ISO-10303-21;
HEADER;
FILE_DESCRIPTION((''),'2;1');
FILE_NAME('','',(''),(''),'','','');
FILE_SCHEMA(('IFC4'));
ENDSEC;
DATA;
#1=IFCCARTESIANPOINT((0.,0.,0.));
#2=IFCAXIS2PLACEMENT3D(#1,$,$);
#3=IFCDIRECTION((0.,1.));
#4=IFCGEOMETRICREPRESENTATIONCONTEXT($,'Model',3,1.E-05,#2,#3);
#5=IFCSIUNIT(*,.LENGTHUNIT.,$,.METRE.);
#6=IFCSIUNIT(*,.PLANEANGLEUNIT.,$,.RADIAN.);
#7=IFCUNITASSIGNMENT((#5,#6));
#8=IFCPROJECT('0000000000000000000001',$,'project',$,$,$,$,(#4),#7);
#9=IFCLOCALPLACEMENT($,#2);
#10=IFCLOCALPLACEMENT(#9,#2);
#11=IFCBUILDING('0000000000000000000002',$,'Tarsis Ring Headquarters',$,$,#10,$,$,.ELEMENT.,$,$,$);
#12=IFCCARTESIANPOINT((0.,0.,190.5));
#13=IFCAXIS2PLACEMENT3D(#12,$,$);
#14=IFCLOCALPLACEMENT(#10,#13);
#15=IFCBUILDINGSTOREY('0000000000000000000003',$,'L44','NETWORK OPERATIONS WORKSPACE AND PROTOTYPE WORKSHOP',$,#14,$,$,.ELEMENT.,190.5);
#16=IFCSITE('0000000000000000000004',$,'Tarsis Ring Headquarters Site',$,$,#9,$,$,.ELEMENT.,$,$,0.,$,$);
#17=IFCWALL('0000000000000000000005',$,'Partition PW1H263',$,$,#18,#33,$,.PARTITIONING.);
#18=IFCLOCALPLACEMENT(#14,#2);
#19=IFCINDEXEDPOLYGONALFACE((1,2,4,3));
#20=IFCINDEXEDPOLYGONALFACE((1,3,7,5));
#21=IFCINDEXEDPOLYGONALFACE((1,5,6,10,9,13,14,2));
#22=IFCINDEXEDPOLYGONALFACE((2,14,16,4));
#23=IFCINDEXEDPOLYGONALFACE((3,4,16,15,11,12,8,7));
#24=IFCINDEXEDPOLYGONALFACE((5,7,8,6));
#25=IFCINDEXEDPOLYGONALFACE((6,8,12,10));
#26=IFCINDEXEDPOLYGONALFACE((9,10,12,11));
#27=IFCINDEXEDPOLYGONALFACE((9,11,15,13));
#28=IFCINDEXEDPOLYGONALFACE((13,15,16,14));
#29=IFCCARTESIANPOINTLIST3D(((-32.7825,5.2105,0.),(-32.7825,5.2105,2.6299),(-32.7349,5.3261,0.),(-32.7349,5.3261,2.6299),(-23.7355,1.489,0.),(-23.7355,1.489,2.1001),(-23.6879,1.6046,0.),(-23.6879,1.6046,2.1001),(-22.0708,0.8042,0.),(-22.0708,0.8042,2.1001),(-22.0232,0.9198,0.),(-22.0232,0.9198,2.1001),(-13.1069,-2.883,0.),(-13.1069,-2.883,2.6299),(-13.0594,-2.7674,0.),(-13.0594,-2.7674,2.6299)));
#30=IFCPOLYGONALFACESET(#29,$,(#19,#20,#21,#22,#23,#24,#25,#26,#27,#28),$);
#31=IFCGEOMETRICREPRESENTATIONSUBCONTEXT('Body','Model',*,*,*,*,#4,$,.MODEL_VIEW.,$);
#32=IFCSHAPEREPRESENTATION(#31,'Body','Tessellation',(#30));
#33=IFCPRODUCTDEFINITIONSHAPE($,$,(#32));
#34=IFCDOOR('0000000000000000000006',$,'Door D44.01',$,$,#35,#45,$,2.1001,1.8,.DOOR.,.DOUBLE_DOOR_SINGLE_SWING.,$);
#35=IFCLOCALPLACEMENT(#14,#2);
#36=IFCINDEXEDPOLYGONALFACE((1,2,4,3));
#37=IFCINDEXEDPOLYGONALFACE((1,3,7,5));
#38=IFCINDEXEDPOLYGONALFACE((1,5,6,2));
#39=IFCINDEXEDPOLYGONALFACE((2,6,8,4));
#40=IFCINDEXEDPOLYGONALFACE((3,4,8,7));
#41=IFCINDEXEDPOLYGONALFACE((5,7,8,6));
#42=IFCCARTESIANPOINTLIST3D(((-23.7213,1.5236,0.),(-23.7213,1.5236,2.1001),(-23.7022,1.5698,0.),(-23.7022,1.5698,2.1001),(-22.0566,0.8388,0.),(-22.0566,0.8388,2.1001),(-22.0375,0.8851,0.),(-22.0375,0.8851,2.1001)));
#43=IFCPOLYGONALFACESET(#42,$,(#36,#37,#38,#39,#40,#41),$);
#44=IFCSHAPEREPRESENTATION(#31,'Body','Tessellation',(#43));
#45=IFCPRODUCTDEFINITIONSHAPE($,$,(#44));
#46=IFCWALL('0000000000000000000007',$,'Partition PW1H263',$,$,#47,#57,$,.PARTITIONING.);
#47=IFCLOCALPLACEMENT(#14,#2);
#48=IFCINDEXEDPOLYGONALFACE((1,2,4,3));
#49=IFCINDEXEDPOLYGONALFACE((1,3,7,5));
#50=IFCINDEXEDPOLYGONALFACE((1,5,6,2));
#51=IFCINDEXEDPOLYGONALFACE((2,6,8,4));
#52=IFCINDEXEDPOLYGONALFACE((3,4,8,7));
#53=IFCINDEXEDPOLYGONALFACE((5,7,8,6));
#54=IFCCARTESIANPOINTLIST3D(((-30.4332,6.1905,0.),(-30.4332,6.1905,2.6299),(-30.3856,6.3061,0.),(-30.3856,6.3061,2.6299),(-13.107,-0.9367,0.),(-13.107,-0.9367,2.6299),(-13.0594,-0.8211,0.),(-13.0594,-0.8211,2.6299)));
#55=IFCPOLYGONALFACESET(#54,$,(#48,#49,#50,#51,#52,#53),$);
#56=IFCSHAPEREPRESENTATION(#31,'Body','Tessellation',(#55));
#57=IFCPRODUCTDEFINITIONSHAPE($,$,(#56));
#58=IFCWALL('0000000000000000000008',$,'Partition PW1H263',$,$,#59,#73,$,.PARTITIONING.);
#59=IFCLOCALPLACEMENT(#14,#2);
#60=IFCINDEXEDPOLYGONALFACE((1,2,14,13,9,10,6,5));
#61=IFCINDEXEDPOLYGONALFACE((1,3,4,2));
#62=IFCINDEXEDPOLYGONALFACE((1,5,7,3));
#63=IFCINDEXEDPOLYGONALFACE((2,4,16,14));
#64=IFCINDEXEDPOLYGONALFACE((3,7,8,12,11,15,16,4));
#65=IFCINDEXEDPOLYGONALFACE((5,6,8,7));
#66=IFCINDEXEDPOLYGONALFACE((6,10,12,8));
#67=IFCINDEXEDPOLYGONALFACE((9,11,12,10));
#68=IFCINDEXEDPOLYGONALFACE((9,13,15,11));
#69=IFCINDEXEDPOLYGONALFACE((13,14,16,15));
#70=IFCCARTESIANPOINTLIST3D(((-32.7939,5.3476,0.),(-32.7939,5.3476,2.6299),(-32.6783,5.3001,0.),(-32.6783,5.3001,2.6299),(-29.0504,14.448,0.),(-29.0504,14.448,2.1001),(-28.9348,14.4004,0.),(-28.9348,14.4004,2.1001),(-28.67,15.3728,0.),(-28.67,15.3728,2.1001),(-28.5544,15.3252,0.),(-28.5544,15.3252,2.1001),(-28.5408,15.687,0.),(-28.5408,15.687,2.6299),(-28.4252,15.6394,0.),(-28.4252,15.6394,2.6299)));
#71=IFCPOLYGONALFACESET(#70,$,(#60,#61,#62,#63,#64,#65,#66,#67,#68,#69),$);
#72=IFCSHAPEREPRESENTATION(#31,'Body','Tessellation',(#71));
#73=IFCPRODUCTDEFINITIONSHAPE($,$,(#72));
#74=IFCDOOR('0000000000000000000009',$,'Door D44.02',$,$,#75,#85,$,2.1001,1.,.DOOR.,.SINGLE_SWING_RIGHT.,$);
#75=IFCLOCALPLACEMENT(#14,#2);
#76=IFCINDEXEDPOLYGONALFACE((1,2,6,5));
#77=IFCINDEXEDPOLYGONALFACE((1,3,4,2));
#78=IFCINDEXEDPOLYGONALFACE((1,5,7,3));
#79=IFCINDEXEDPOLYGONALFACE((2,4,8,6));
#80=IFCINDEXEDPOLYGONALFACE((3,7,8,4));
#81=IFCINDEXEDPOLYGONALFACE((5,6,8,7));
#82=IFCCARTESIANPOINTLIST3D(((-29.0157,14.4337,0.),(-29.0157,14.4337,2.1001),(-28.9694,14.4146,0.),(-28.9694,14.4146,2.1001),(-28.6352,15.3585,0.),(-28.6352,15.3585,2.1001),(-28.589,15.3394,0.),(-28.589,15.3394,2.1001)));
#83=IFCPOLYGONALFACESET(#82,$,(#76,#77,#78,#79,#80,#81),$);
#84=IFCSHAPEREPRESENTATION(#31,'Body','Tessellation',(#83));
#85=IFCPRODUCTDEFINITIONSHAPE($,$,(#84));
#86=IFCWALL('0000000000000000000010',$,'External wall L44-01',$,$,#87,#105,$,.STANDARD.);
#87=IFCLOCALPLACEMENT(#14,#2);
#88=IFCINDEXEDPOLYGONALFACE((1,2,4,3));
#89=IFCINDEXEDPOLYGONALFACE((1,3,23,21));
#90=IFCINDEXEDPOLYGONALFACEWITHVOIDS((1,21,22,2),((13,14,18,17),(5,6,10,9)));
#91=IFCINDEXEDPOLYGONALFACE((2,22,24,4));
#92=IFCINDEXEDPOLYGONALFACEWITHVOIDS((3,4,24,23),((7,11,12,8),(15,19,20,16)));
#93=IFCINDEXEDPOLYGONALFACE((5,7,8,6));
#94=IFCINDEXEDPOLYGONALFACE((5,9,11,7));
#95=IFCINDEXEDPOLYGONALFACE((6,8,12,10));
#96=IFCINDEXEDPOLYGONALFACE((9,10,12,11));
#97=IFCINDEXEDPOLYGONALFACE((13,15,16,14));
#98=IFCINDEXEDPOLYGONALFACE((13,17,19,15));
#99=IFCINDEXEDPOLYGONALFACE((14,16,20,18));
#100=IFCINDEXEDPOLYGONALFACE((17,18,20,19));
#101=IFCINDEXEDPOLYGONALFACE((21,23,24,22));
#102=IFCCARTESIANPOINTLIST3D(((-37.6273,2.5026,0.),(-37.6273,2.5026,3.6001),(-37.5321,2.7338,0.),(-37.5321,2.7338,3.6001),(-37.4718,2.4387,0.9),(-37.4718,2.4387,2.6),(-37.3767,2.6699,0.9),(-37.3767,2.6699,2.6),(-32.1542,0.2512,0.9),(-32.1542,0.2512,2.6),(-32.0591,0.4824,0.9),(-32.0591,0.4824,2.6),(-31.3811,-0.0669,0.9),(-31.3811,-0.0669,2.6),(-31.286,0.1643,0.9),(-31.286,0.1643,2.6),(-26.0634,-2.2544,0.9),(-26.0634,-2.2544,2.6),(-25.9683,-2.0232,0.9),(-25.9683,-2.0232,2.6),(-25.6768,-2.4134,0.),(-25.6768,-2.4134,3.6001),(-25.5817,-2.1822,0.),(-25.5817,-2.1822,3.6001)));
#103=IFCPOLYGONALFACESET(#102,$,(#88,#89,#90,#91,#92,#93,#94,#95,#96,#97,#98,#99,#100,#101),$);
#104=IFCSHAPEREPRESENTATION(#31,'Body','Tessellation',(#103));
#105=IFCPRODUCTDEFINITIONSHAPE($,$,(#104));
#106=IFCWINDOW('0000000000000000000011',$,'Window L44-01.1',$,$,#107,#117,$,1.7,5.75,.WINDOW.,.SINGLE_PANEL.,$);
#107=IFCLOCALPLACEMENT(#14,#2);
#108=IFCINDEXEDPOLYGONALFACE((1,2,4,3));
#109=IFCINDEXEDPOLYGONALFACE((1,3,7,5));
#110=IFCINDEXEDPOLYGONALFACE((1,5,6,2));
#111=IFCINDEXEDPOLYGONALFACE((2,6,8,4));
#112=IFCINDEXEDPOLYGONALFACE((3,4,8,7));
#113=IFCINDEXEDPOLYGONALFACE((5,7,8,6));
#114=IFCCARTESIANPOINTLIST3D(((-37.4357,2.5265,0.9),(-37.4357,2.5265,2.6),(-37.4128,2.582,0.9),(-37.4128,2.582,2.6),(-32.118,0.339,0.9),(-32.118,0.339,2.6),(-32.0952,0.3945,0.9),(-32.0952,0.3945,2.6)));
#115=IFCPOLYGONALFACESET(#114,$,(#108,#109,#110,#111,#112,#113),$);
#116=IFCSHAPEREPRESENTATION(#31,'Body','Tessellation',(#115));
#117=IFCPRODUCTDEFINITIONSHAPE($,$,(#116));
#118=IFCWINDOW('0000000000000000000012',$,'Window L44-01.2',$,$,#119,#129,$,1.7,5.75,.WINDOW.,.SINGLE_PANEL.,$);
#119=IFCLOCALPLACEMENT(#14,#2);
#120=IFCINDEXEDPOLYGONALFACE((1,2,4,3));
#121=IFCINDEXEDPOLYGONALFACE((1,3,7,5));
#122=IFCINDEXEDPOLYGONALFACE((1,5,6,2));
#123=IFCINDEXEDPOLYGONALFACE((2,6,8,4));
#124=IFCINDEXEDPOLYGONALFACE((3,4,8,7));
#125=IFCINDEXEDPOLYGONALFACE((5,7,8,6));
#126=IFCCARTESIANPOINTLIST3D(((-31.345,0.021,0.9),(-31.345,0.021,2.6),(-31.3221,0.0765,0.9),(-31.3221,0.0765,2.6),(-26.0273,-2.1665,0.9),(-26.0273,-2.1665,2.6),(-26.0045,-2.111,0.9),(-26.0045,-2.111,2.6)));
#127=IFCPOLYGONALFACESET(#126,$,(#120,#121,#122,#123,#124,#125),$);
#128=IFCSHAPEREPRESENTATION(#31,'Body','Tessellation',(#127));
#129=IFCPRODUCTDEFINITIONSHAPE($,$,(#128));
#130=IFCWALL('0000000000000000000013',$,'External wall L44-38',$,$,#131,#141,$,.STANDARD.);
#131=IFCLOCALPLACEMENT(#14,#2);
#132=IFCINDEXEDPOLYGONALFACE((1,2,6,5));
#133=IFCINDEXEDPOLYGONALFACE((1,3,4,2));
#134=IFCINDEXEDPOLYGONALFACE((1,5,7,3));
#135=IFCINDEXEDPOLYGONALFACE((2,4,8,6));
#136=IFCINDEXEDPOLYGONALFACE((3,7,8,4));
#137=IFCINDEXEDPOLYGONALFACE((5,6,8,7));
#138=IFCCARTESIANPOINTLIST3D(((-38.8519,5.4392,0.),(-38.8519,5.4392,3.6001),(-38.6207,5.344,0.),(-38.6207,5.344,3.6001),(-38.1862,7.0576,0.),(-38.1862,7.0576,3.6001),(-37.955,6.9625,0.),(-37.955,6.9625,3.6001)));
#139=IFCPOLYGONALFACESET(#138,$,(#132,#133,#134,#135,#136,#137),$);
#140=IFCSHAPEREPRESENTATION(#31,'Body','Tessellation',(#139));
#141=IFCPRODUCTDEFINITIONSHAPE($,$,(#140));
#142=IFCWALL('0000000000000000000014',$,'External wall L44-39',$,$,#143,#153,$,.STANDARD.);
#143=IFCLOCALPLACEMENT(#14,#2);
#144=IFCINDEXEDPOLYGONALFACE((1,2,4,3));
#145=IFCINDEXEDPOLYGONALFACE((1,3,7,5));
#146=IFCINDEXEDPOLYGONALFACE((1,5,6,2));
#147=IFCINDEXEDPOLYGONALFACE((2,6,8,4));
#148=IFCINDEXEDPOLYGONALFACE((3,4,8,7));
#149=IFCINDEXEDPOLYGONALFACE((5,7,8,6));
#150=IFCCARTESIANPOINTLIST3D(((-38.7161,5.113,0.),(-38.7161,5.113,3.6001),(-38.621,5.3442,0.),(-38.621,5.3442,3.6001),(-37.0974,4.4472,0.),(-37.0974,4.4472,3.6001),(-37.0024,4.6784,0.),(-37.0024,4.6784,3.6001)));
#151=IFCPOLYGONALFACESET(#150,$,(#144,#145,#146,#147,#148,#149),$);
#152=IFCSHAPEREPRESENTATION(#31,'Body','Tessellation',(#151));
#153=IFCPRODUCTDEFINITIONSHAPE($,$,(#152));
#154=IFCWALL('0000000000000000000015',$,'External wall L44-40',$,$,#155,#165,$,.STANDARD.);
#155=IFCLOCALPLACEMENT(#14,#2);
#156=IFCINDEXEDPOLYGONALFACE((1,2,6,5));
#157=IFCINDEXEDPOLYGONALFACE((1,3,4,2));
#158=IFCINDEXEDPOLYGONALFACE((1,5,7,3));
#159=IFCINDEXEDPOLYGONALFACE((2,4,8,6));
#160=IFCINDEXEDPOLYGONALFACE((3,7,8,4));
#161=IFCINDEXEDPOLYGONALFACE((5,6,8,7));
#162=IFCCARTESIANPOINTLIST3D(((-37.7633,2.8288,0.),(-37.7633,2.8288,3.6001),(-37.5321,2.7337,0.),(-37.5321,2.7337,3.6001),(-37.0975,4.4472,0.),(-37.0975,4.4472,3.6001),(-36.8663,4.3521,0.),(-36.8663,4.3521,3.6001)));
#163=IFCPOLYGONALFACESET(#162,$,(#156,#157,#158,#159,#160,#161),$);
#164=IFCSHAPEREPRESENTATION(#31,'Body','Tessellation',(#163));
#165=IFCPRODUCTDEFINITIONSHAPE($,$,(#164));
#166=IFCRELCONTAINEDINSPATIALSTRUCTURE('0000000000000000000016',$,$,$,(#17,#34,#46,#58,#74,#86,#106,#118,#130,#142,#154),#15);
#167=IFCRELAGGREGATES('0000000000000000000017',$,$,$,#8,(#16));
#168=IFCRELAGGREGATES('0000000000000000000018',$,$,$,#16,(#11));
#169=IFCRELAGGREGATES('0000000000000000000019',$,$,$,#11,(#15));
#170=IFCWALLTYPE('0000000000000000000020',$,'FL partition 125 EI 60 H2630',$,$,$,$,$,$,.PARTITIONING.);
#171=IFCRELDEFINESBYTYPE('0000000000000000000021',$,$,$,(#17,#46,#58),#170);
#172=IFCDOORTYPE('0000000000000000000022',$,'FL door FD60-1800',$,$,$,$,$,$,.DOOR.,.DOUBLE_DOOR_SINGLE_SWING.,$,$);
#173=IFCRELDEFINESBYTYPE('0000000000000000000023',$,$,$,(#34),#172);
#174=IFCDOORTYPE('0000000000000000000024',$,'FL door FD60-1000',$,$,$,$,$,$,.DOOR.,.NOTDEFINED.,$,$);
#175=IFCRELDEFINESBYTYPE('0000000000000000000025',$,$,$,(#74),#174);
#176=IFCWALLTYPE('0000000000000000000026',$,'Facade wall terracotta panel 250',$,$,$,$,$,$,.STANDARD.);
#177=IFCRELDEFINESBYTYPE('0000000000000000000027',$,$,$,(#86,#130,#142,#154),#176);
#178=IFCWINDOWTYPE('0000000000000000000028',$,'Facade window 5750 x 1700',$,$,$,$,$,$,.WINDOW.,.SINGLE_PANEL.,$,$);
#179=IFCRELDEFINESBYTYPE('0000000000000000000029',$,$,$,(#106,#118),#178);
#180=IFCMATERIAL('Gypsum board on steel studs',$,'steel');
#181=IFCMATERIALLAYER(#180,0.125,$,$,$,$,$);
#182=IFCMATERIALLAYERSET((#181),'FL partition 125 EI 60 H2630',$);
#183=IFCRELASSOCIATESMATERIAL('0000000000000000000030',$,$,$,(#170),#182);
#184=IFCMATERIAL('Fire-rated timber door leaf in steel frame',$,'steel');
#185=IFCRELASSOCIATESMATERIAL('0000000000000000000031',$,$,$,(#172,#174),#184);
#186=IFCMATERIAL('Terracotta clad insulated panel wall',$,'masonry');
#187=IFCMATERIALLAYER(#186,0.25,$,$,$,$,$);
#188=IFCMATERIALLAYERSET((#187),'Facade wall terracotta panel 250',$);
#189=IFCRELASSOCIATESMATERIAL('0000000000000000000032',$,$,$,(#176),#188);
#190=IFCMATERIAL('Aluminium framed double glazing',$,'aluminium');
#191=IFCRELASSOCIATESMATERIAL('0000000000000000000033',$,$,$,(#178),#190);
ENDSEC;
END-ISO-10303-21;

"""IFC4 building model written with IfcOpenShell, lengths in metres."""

from ifc_helpers import new_model, si_unit, direction, frame, frame_2d, origin, place, context, subcontext, project, spatial, rectangle, extrude, material, layer, layer_set, type_object, element, fill, save


model = new_model("IFC4")

# Units and contexts
model_context = context("Model", 3, precision=1e-05, world=origin(), true_north=direction((0.0, 1.0)))
body_context = subcontext(model_context, "Body", "Model", "MODEL_VIEW")
ifc_project = project(units=[si_unit("LENGTHUNIT", "METRE"), si_unit("PLANEANGLEUNIT", "RADIAN")], contexts=[model_context])

# Site, building, storey
site_placement = place(None, origin())
site = spatial("IfcSite", under=ifc_project, at=site_placement, Name="Tarsis Ring Headquarters Site", CompositionType="ELEMENT", RefElevation=0.0)
building_placement = place(site_placement, origin())
building = spatial("IfcBuilding", under=site, at=building_placement, Name="Tarsis Ring Headquarters", CompositionType="ELEMENT")
storey_placement = place(building_placement, frame((0.0, 0.0, 190.5)))
storey = spatial("IfcBuildingStorey", under=building, at=storey_placement, Name="L44", Description="NETWORK OPERATIONS WORKSPACE AND PROTOTYPE WORKSHOP", CompositionType="ELEMENT", Elevation=190.5)

# Wall, opening, door
ifc_material_1 = material(Name="Gypsum board on steel studs", Category="steel")
ifc_layer_1 = layer(ifc_material_1, 0.125)
ifc_layer_set_1 = layer_set([ifc_layer_1], Name="FL partition 125 EI 60 H2630")
wall_type_1 = type_object("IfcWallType", Name="FL partition 125 EI 60 H2630", PredefinedType="PARTITIONING", material=ifc_layer_set_1)
wall_1_placement = place(storey_placement, frame((-32.7588, 5.2683, 0.0), z_axis=(0.0, 0.0, 1.0), x_axis=(0.924814, -0.380421, 0.0)))
wall_1 = element("IfcWall", 1, at=wall_1_placement, inside=storey, type_object=wall_type_1, Name="Partition PW1H263", PredefinedType="PARTITIONING", context=body_context, shape_type="SweptSolid", body=[
    extrude(rectangle(XDim=21.2751, YDim=0.125, at=frame_2d((10.6377, 0.0))), origin(), (0.0, 0.0, 1.0), 2.6299),
])
opening_1_placement = place(wall_1_placement, frame((9.7827, 0.0, 0.0)))
opening_1 = element("IfcOpeningElement", 2, at=opening_1_placement, cuts=wall_1, PredefinedType="OPENING", context=body_context, shape_type="SweptSolid", body=[
    extrude(rectangle(XDim=1.8, YDim=2.1001, at=frame_2d((0.8999, 1.05))), frame((0.0, 0.0725, 0.0), z_axis=(0.0, -1.0, 0.0), x_axis=(1.0, 0.0, 0.0)), (0.0, 0.0, 1.0), 0.145),
])
ifc_material_2 = material(Name="Fire-rated timber door leaf in steel frame", Category="steel")
door_type_1 = type_object("IfcDoorType", Name="FL door FD60-1800", OperationType="DOUBLE_DOOR_SINGLE_SWING", PredefinedType="DOOR", material=ifc_material_2)
door_1_placement = place(opening_1_placement, origin())
door_1 = element("IfcDoor", 3, at=door_1_placement, inside=storey, type_object=door_type_1, Name="Door D44.01", OperationType="DOUBLE_DOOR_SINGLE_SWING", OverallHeight=2.1001, OverallWidth=1.8, PredefinedType="DOOR", context=body_context, shape_type="SweptSolid", body=[
    extrude(rectangle(XDim=1.8, YDim=2.1001, at=frame_2d((0.8999, 1.05))), frame((0.0, 0.0249, 0.0), z_axis=(0.0, -1.0, 0.0), x_axis=(1.0, 0.0, 0.0)), (0.0, 0.0, 1.0), 0.05),
])
fill(opening_1, door_1)

# Wall
wall_2_placement = place(storey_placement, frame((-30.4094, 6.2483, 0.0), z_axis=(0.0, 0.0, 1.0), x_axis=(0.924812, -0.380425, 0.0)))
element("IfcWall", 4, at=wall_2_placement, inside=storey, type_object=wall_type_1, Name="Partition PW1H263", PredefinedType="PARTITIONING", context=body_context, shape_type="SweptSolid", body=[
    extrude(rectangle(XDim=18.7349, YDim=0.125, at=frame_2d((9.3674, 0.0))), origin(), (0.0, 0.0, 1.0), 2.6299),
])

# Wall, opening, door
wall_3_placement = place(storey_placement, frame((-32.7361, 5.324, 0.0), z_axis=(0.0, 0.0, 1.0), x_axis=(0.380428, 0.924811, 0.0)))
wall_3 = element("IfcWall", 5, at=wall_3_placement, inside=storey, type_object=wall_type_1, Name="Partition PW1H263", PredefinedType="PARTITIONING", context=body_context, shape_type="SweptSolid", body=[
    extrude(rectangle(XDim=11.1799, YDim=0.125, at=frame_2d((5.5898, 0.0))), origin(), (0.0, 0.0, 1.0), 2.6299),
])
opening_2_placement = place(wall_3_placement, frame((9.8401, 0.0, 0.0)))
opening_2 = element("IfcOpeningElement", 6, at=opening_2_placement, cuts=wall_3, PredefinedType="OPENING", context=body_context, shape_type="SweptSolid", body=[
    extrude(rectangle(XDim=1.0, YDim=2.1001, at=frame_2d((0.5, 1.05))), frame((0.0, 0.0725, 0.0), z_axis=(0.0, -1.0, 0.0), x_axis=(1.0, 0.0, 0.0)), (0.0, 0.0, 1.0), 0.145),
])
door_type_2 = type_object("IfcDoorType", Name="FL door FD60-1000", OperationType="NOTDEFINED", PredefinedType="DOOR", material=ifc_material_2)
door_2_placement = place(opening_2_placement, origin())
door_2 = element("IfcDoor", 7, at=door_2_placement, inside=storey, type_object=door_type_2, Name="Door D44.02", OperationType="SINGLE_SWING_RIGHT", OverallHeight=2.1001, OverallWidth=1.0, PredefinedType="DOOR", context=body_context, shape_type="SweptSolid", body=[
    extrude(rectangle(XDim=1.0, YDim=2.1001, at=frame_2d((0.5, 1.05))), frame((0.0, 0.0249, 0.0), z_axis=(0.0, -1.0, 0.0), x_axis=(1.0, 0.0, 0.0)), (0.0, 0.0, 1.0), 0.05),
])
fill(opening_2, door_2)

# Wall, openings, windows
ifc_material_3 = material(Name="Terracotta clad insulated panel wall", Category="masonry")
ifc_layer_2 = layer(ifc_material_3, 0.25)
ifc_layer_set_2 = layer_set([ifc_layer_2], Name="Facade wall terracotta panel 250")
wall_type_2 = type_object("IfcWallType", Name="Facade wall terracotta panel 250", PredefinedType="STANDARD", material=ifc_layer_set_2)
wall_4_placement = place(storey_placement, frame((-37.5796, 2.6182, 0.0), z_axis=(0.0, 0.0, 1.0), x_axis=(0.924808, -0.380435, 0.0)))
wall_4 = element("IfcWall", 8, at=wall_4_placement, inside=storey, type_object=wall_type_2, Name="External wall L44-01", PredefinedType="STANDARD", context=body_context, shape_type="SweptSolid", body=[
    extrude(rectangle(XDim=12.9221, YDim=0.25, at=frame_2d((6.4609, 0.0))), origin(), (0.0, 0.0, 1.0), 3.6001),
])
opening_3_placement = place(wall_4_placement, frame((0.168, 0.0, 0.8999)))
opening_3 = element("IfcOpeningElement", 9, at=opening_3_placement, cuts=wall_4, PredefinedType="OPENING", context=body_context, shape_type="SweptSolid", body=[
    extrude(rectangle(XDim=5.75, YDim=1.7, at=frame_2d((2.875, 0.8501))), frame((0.0, 0.135, 0.0), z_axis=(0.0, -1.0, 0.0), x_axis=(1.0, 0.0, 0.0)), (0.0, 0.0, 1.0), 0.27),
])
opening_4_placement = place(wall_4_placement, frame((6.7539, 0.0, 0.8999)))
opening_4 = element("IfcOpeningElement", 10, at=opening_4_placement, cuts=wall_4, PredefinedType="OPENING", context=body_context, shape_type="SweptSolid", body=[
    extrude(rectangle(XDim=5.75, YDim=1.7, at=frame_2d((2.875, 0.8501))), frame((0.0, 0.135, 0.0), z_axis=(0.0, -1.0, 0.0), x_axis=(1.0, 0.0, 0.0)), (0.0, 0.0, 1.0), 0.27),
])
ifc_material_4 = material(Name="Aluminium framed double glazing", Category="aluminium")
window_type = type_object("IfcWindowType", Name="Facade window 5750 x 1700", PartitioningType="SINGLE_PANEL", PredefinedType="WINDOW", material=ifc_material_4)
window_1_placement = place(opening_3_placement, origin())
window_1 = element("IfcWindow", 11, at=window_1_placement, inside=storey, type_object=window_type, Name="Window L44-01.1", OverallHeight=1.7, OverallWidth=5.75, PartitioningType="SINGLE_PANEL", PredefinedType="WINDOW", context=body_context, shape_type="SweptSolid", body=[
    extrude(rectangle(XDim=5.75, YDim=1.7, at=frame_2d((2.875, 0.8501))), frame((0.0, 0.03, 0.0), z_axis=(0.0, -1.0, 0.0), x_axis=(1.0, 0.0, 0.0)), (0.0, 0.0, 1.0), 0.0601),
])
fill(opening_3, window_1)
window_2_placement = place(opening_4_placement, origin())
window_2 = element("IfcWindow", 12, at=window_2_placement, inside=storey, type_object=window_type, Name="Window L44-01.2", OverallHeight=1.7, OverallWidth=5.75, PartitioningType="SINGLE_PANEL", PredefinedType="WINDOW", context=body_context, shape_type="SweptSolid", body=[
    extrude(rectangle(XDim=5.75, YDim=1.7, at=frame_2d((2.875, 0.8501))), frame((0.0, 0.03, 0.0), z_axis=(0.0, -1.0, 0.0), x_axis=(1.0, 0.0, 0.0)), (0.0, 0.0, 1.0), 0.0601),
])
fill(opening_4, window_2)

# Walls
wall_5_placement = place(storey_placement, frame((-38.0706, 7.01, 0.0), z_axis=(0.0, 0.0, 1.0), x_axis=(-0.380441, -0.924805, 0.0)))
element("IfcWall", 13, at=wall_5_placement, inside=storey, type_object=wall_type_2, Name="External wall L44-38", PredefinedType="STANDARD", context=body_context, shape_type="SweptSolid", body=[
    extrude(rectangle(XDim=1.75, YDim=0.25, at=frame_2d((0.875, 0.0))), origin(), (0.0, 0.0, 1.0), 3.6001),
])
wall_6_placement = place(storey_placement, frame((-38.6685, 5.2285, 0.0), z_axis=(0.0, 0.0, 1.0), x_axis=(0.924825, -0.380392, 0.0)))
element("IfcWall", 14, at=wall_6_placement, inside=storey, type_object=wall_type_2, Name="External wall L44-39", PredefinedType="STANDARD", context=body_context, shape_type="SweptSolid", body=[
    extrude(rectangle(XDim=1.7502, YDim=0.25, at=frame_2d((0.875, 0.0))), origin(), (0.0, 0.0, 1.0), 3.6001),
])
wall_7_placement = place(storey_placement, frame((-36.9819, 4.3997, 0.0), z_axis=(0.0, 0.0, 1.0), x_axis=(-0.380441, -0.924805, 0.0)))
element("IfcWall", 15, at=wall_7_placement, inside=storey, type_object=wall_type_2, Name="External wall L44-40", PredefinedType="STANDARD", context=body_context, shape_type="SweptSolid", body=[
    extrude(rectangle(XDim=1.75, YDim=0.25, at=frame_2d((0.875, 0.0))), origin(), (0.0, 0.0, 1.0), 3.6001),
])

save(model, "model.ifc")
